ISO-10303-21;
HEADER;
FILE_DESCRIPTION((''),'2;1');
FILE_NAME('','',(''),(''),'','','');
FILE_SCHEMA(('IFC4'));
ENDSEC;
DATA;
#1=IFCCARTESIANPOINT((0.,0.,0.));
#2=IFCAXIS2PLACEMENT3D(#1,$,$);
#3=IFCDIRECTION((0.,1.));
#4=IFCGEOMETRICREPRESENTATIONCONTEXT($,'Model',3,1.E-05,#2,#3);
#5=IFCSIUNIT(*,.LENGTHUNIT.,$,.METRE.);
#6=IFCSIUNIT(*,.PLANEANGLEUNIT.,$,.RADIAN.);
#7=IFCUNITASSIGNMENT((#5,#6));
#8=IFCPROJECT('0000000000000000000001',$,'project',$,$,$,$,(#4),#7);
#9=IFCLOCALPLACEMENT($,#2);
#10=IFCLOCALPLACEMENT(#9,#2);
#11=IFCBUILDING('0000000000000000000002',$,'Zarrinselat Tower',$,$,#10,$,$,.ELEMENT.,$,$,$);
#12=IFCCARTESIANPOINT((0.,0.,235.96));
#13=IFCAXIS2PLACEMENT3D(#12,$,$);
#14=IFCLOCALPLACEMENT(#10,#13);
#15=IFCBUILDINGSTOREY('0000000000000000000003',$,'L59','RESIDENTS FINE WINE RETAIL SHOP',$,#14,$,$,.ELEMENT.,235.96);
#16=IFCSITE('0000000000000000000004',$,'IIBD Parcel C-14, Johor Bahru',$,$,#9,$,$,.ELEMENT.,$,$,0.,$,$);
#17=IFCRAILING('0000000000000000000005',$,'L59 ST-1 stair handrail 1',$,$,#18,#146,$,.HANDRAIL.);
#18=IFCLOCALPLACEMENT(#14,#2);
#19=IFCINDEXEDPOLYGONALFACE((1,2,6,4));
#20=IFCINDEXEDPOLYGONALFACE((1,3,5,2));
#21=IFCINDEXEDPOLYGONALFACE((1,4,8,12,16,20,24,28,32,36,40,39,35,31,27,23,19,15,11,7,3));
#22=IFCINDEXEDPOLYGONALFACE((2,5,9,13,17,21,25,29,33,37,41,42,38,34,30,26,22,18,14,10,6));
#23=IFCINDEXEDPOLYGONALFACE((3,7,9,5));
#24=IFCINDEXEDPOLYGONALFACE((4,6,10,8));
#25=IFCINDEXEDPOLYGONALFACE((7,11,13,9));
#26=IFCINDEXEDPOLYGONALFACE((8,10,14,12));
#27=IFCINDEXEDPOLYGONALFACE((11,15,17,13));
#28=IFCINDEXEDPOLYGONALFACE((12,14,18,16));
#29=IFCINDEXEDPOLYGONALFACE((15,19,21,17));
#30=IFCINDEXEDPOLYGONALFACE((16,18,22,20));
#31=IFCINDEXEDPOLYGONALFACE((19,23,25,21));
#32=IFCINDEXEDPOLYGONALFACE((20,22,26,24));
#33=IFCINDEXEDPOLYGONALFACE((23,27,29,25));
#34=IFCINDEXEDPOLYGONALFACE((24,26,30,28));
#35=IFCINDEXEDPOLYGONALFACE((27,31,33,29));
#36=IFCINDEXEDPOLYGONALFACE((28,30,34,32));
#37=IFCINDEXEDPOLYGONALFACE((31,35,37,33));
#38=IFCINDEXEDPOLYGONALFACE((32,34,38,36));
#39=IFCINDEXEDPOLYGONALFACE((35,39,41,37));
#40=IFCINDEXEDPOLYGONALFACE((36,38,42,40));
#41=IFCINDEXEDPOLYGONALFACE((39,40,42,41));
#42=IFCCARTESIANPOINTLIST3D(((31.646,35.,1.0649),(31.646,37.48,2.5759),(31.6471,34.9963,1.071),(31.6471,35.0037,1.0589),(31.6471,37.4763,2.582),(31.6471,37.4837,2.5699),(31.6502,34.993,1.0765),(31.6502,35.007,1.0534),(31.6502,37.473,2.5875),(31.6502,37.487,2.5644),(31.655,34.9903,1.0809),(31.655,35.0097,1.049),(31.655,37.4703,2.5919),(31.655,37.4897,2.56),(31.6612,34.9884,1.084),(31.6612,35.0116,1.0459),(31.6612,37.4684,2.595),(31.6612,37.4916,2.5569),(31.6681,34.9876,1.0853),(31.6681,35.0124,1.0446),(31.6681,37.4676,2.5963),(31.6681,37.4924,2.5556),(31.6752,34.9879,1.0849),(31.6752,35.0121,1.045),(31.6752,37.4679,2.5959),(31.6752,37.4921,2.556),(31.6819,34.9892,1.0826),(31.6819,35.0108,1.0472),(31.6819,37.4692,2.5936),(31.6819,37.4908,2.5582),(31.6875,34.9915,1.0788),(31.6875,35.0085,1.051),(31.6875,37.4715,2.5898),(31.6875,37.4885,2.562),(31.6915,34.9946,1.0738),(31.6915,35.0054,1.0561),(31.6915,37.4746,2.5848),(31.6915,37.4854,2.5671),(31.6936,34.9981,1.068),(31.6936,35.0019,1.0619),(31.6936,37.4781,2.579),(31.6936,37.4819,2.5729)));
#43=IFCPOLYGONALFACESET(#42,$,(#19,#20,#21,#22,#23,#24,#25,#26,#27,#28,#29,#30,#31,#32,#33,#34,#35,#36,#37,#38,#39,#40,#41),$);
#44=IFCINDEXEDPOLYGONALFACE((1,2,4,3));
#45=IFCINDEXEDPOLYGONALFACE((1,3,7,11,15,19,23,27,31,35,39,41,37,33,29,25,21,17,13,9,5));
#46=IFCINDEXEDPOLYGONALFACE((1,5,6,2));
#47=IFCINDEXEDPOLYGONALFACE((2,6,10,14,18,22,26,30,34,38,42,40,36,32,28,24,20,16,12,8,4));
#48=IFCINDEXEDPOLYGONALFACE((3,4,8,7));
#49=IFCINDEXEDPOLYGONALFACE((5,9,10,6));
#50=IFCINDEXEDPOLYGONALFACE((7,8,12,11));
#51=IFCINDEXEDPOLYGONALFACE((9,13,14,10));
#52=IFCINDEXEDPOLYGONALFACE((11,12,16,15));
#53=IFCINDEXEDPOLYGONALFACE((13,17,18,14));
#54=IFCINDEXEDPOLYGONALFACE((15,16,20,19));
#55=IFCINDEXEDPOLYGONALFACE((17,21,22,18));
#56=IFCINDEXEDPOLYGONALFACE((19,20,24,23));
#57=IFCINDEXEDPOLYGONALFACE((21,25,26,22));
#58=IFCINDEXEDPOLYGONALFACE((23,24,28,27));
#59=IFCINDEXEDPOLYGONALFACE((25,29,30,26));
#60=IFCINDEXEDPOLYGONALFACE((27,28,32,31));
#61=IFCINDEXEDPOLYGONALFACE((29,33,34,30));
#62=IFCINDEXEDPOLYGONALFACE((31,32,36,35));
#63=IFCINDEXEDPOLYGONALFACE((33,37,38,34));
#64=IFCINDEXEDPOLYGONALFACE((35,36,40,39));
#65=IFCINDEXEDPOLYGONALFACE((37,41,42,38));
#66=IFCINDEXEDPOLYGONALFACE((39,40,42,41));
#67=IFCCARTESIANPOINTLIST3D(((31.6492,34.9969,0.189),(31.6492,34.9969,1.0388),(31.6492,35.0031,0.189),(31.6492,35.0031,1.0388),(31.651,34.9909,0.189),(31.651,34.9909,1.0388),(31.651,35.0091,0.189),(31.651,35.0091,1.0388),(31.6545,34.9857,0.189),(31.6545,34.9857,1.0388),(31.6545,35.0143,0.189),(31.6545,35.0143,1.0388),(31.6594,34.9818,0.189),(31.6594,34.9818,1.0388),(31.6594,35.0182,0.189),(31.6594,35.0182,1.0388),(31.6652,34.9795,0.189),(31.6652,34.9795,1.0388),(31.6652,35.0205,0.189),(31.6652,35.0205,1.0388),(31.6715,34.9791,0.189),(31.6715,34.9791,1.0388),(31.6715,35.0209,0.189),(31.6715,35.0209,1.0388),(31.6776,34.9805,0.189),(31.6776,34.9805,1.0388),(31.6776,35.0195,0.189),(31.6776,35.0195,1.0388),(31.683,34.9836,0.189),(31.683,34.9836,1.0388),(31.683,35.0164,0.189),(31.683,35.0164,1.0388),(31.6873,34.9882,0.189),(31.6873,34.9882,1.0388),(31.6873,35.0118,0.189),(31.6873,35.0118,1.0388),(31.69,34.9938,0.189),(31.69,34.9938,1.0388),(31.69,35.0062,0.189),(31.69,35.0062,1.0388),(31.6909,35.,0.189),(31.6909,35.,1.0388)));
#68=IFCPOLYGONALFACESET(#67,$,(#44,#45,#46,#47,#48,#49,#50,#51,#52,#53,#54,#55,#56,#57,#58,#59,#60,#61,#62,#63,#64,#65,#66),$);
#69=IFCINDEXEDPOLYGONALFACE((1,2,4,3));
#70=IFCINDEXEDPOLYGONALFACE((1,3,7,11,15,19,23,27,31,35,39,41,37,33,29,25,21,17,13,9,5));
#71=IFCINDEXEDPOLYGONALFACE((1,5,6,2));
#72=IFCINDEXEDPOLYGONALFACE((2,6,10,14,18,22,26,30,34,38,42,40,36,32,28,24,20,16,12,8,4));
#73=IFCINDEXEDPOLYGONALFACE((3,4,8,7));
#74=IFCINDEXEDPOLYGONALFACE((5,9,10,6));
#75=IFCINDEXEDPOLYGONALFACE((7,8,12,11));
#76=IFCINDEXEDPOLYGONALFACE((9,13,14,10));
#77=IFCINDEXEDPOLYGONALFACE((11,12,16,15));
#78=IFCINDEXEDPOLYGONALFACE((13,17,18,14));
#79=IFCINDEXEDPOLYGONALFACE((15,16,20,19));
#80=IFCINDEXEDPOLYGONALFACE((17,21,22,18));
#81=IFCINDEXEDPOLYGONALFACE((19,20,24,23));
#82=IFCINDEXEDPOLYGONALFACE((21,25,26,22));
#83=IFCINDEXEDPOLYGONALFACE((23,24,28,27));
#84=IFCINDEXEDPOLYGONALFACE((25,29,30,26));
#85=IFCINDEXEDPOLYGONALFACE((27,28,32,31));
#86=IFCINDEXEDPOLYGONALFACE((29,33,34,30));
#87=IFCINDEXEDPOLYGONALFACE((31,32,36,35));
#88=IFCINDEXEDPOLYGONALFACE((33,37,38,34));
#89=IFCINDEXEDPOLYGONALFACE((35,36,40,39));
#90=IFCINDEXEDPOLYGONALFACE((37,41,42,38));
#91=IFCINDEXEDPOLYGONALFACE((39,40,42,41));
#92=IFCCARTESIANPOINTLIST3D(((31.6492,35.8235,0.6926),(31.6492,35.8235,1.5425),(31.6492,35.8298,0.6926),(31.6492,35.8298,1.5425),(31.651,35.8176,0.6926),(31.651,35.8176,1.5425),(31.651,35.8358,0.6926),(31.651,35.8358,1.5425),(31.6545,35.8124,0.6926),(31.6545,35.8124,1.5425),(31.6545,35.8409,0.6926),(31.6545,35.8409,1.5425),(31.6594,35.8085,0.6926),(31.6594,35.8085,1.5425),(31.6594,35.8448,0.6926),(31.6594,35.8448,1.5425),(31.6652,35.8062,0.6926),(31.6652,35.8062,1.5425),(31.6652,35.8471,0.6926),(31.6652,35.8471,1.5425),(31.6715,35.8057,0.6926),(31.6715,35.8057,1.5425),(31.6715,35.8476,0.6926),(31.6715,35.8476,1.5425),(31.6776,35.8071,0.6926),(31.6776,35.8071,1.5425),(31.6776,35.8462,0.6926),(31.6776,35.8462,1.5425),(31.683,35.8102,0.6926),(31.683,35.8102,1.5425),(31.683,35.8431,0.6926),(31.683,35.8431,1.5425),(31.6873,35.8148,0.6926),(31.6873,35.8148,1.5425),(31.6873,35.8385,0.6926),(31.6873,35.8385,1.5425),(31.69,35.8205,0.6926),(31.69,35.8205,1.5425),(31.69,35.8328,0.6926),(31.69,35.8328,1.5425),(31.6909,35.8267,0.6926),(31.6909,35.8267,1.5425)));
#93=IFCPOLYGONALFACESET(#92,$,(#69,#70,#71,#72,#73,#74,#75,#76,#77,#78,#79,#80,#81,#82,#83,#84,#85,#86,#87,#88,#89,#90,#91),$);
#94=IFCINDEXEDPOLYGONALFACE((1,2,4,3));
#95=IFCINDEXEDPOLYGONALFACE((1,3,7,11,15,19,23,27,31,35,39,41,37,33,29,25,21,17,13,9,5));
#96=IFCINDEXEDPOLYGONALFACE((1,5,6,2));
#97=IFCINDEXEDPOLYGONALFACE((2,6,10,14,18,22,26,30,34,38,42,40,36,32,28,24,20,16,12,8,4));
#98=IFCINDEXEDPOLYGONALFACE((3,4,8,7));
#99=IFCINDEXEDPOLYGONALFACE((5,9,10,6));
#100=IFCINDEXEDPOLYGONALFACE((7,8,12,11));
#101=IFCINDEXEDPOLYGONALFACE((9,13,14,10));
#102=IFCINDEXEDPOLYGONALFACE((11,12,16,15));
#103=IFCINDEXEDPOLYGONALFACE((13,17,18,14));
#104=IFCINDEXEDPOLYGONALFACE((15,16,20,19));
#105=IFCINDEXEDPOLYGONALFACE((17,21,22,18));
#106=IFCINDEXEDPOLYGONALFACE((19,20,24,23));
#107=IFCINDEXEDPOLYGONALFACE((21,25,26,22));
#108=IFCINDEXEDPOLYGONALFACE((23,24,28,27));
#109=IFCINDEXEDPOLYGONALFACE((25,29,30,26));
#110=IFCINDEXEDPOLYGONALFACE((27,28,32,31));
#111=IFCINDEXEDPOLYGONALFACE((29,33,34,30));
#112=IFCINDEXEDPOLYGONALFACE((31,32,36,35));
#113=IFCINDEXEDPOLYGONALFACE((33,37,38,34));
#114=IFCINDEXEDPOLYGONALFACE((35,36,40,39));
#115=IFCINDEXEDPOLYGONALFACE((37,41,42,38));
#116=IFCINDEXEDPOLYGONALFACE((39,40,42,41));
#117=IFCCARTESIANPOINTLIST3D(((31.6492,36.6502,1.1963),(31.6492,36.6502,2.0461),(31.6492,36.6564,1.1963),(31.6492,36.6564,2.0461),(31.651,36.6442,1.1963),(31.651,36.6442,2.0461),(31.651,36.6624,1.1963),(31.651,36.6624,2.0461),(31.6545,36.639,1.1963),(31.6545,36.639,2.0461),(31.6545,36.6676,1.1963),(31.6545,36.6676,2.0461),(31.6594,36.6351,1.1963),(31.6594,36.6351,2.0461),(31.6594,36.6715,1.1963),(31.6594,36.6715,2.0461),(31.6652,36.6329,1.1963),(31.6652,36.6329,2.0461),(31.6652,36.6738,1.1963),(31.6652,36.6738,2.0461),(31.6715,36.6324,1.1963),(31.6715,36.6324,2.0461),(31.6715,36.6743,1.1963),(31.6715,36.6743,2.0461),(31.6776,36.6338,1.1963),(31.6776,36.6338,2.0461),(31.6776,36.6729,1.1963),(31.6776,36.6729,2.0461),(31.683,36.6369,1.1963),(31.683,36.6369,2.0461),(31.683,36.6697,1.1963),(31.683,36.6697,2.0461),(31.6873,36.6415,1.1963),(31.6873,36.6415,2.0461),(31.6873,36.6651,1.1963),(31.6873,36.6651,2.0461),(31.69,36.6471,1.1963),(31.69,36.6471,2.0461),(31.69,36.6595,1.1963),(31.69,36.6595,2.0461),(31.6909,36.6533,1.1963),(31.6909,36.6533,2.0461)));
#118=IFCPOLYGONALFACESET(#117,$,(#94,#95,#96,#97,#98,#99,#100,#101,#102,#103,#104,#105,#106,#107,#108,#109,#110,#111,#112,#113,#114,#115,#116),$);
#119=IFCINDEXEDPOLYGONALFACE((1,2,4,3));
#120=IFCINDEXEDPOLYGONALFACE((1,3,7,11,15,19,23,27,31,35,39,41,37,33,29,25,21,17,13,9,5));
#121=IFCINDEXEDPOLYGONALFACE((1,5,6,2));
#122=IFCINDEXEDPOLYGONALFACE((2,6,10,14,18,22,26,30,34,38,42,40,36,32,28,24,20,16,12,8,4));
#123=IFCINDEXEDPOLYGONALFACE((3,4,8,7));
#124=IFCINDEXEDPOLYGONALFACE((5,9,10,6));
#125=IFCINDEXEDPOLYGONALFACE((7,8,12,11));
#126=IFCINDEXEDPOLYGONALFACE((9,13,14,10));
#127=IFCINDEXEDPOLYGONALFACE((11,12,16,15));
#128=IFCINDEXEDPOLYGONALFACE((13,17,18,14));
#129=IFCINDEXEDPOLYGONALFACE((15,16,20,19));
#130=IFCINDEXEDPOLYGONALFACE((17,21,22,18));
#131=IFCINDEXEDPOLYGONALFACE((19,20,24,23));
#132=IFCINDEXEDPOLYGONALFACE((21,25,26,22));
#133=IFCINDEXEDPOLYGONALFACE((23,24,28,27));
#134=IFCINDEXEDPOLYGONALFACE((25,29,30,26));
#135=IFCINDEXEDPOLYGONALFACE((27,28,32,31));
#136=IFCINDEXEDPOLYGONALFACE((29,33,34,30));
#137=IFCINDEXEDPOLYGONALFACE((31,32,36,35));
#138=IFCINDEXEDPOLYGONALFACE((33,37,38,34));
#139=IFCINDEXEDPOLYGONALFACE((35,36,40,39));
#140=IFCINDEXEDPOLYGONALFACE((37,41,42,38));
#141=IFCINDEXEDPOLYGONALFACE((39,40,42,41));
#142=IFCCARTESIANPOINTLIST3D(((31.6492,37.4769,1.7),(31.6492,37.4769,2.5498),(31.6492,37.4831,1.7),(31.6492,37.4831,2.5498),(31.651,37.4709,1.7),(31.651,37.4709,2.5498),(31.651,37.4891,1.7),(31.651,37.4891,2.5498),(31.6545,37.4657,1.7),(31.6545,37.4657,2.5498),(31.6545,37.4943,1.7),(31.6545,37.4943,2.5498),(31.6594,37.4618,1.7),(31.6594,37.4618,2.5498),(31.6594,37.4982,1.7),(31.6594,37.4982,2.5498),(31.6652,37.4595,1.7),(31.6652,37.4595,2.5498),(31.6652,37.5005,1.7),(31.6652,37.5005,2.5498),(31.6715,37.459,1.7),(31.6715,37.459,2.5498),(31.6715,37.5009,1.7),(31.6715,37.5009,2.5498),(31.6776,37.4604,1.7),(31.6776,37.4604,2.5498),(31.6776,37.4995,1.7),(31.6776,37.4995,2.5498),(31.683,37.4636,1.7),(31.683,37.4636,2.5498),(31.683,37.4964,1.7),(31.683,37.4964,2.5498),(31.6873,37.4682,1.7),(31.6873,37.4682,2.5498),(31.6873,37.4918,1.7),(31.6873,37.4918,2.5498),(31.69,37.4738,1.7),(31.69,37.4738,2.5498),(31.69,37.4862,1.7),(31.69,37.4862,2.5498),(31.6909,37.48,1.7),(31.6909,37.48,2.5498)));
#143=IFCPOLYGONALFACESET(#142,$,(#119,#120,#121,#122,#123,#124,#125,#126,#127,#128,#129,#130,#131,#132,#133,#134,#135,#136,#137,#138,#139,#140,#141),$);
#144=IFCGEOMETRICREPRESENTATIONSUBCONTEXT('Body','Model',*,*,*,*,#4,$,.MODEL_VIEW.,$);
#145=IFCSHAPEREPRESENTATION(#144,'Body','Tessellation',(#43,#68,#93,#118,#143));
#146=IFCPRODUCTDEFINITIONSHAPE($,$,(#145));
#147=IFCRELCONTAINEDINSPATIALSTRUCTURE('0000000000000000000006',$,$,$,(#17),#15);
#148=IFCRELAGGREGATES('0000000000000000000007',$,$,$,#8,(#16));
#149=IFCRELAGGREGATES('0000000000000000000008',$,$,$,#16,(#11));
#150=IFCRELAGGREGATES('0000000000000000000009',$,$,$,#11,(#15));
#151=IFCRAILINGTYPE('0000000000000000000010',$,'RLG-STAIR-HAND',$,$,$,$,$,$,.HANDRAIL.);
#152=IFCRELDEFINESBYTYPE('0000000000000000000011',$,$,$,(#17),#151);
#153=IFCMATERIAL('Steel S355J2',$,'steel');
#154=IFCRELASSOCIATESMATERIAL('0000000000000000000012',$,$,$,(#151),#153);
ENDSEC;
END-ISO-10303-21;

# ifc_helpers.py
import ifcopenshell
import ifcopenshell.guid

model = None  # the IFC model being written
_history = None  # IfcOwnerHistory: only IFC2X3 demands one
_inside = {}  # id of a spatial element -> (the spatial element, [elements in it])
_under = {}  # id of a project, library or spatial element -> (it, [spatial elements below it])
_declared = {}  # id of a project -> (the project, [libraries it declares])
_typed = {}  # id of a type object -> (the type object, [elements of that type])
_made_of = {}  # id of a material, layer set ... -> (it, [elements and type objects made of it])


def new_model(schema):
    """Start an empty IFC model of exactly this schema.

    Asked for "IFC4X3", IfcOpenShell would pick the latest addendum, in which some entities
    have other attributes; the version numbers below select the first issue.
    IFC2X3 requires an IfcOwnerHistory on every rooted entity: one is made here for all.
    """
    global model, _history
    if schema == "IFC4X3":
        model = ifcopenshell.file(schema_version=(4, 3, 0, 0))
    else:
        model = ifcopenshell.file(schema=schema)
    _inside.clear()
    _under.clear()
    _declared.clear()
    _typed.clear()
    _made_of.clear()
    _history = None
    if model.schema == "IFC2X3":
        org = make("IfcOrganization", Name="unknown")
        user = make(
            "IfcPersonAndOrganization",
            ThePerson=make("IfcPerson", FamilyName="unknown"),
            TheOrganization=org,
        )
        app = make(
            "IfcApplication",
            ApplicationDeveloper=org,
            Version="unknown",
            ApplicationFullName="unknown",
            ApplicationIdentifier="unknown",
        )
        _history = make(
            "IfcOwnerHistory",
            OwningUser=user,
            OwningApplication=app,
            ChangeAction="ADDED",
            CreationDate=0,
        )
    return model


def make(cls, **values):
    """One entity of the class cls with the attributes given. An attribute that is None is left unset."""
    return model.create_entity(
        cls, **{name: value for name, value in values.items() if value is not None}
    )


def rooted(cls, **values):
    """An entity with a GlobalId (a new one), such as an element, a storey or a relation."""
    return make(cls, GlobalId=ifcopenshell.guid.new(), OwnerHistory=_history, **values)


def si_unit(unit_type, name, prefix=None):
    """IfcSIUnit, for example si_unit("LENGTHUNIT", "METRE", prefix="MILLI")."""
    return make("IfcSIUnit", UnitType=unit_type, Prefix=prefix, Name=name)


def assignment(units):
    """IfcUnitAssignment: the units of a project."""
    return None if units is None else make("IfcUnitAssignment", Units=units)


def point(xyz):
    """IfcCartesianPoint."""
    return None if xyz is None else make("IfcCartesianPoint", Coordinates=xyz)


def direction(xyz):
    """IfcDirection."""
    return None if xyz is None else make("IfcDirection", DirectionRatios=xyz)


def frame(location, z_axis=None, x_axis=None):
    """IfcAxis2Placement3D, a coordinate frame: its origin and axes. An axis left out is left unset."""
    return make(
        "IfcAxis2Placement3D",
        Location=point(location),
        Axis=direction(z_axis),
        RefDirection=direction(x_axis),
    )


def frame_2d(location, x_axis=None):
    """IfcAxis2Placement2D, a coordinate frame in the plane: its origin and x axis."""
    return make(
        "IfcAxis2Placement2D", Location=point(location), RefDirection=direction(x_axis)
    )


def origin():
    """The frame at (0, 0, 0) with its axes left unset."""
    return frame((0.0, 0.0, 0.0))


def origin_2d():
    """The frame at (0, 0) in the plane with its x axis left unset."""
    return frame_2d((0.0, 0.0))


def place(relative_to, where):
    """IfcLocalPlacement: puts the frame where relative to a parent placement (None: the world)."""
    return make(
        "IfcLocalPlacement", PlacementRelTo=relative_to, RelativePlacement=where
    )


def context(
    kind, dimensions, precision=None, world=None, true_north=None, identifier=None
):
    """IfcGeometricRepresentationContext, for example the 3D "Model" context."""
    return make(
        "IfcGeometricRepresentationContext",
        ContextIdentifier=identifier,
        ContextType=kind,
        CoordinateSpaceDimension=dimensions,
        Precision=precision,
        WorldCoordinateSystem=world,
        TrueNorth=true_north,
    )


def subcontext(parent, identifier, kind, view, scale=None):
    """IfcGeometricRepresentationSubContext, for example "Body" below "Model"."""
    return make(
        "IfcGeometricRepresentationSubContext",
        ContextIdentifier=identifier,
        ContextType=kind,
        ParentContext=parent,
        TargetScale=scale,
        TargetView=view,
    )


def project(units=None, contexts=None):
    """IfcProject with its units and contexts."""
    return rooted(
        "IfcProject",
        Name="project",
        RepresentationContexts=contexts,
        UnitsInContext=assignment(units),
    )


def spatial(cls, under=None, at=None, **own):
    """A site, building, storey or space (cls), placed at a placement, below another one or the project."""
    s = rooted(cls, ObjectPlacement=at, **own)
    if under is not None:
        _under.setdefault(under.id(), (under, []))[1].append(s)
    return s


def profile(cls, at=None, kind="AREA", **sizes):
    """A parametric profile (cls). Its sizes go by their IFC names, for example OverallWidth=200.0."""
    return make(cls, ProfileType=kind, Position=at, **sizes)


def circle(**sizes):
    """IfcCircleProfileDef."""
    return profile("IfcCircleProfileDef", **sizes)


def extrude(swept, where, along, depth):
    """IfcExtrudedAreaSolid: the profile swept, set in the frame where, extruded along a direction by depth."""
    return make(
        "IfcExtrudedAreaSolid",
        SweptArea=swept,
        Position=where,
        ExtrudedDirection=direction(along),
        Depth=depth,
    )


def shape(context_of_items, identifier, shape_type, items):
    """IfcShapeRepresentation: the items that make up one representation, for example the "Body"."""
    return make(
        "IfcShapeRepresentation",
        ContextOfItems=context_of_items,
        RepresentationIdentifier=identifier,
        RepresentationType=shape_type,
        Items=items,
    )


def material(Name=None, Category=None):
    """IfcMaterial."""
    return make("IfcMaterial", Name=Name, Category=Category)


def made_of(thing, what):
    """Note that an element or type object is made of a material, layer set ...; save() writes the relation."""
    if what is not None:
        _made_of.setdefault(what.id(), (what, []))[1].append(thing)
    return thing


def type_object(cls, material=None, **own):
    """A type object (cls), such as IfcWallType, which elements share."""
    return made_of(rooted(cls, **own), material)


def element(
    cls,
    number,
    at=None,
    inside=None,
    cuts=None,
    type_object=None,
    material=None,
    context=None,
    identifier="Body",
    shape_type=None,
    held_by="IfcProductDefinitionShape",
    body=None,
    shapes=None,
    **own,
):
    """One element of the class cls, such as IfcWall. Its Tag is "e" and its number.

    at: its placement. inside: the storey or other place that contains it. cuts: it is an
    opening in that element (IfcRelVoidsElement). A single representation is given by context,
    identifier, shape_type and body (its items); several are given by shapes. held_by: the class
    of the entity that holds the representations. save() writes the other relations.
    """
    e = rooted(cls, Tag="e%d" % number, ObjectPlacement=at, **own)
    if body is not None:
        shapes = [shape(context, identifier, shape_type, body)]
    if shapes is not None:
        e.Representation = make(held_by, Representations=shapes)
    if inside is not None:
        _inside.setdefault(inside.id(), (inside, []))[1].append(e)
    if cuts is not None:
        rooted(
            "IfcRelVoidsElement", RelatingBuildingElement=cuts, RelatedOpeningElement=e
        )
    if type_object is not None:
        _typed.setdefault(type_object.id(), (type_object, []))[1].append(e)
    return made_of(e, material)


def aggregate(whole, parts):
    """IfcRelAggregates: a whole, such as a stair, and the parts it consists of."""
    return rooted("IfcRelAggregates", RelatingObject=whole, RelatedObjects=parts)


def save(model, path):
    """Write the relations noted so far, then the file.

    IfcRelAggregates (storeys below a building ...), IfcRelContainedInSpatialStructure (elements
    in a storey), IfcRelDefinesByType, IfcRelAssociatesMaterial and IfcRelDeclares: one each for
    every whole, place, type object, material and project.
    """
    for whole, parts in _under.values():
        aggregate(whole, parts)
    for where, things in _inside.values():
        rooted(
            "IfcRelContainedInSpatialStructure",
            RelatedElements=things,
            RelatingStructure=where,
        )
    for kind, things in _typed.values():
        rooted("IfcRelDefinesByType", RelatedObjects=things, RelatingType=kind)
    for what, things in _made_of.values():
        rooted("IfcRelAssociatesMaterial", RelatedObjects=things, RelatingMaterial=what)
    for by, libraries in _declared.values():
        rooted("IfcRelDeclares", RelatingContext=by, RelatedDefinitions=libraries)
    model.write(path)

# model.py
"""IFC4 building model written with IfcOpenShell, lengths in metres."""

from ifc_helpers import new_model, si_unit, direction, frame, origin, origin_2d, place, context, subcontext, project, spatial, circle, extrude, material, type_object, element, save


model = new_model("IFC4")

# Units and contexts
model_context = context("Model", 3, precision=1e-05, world=origin(), true_north=direction((0.0, 1.0)))
body_context = subcontext(model_context, "Body", "Model", "MODEL_VIEW")
ifc_project = project(units=[si_unit("LENGTHUNIT", "METRE"), si_unit("PLANEANGLEUNIT", "RADIAN")], contexts=[model_context])

# Site, building, storey
site_placement = place(None, origin())
site = spatial("IfcSite", under=ifc_project, at=site_placement, Name="IIBD Parcel C-14, Johor Bahru", CompositionType="ELEMENT", RefElevation=0.0)
building_placement = place(site_placement, origin())
building = spatial("IfcBuilding", under=site, at=building_placement, Name="Zarrinselat Tower", CompositionType="ELEMENT")
storey_placement = place(building_placement, frame((0.0, 0.0, 235.96)))
storey = spatial("IfcBuildingStorey", under=building, at=storey_placement, Name="L59", Description="RESIDENTS FINE WINE RETAIL SHOP", CompositionType="ELEMENT", Elevation=235.96)

# Railing
ifc_material_1 = material(Name="Steel S355J2", Category="steel")
railing_type_1 = type_object("IfcRailingType", Name="RLG-STAIR-HAND", PredefinedType="HANDRAIL", material=ifc_material_1)
railing_1_placement = place(storey_placement, frame((31.6699, 35.0, 0.189)))
element("IfcRailing", 1, at=railing_1_placement, inside=storey, type_object=railing_type_1, Name="L59 ST-1 stair handrail 1", PredefinedType="HANDRAIL", context=body_context, shape_type="SweptSolid", body=[
    extrude(circle(Radius=0.0239, at=origin_2d()), frame((0.0, 0.0, 0.876), z_axis=(0.0, 0.853979, 0.520307), x_axis=(-1.0, 0.0, 0.0)), (0.0, 0.0, 1.0), 2.9041),
    extrude(circle(Radius=0.021, at=origin_2d()), origin(), (0.0, 0.0, 1.0), 0.8499),
    extrude(circle(Radius=0.021, at=origin_2d()), frame((0.0, 0.8267, 0.5037)), (0.0, 0.0, 1.0), 0.8499),
    extrude(circle(Radius=0.021, at=origin_2d()), frame((0.0, 1.6533, 1.0073)), (0.0, 0.0, 1.0), 0.8499),
    extrude(circle(Radius=0.021, at=origin_2d()), frame((0.0, 2.48, 1.511)), (0.0, 0.0, 1.0), 0.8499),
])

save(model, "model.ifc")
